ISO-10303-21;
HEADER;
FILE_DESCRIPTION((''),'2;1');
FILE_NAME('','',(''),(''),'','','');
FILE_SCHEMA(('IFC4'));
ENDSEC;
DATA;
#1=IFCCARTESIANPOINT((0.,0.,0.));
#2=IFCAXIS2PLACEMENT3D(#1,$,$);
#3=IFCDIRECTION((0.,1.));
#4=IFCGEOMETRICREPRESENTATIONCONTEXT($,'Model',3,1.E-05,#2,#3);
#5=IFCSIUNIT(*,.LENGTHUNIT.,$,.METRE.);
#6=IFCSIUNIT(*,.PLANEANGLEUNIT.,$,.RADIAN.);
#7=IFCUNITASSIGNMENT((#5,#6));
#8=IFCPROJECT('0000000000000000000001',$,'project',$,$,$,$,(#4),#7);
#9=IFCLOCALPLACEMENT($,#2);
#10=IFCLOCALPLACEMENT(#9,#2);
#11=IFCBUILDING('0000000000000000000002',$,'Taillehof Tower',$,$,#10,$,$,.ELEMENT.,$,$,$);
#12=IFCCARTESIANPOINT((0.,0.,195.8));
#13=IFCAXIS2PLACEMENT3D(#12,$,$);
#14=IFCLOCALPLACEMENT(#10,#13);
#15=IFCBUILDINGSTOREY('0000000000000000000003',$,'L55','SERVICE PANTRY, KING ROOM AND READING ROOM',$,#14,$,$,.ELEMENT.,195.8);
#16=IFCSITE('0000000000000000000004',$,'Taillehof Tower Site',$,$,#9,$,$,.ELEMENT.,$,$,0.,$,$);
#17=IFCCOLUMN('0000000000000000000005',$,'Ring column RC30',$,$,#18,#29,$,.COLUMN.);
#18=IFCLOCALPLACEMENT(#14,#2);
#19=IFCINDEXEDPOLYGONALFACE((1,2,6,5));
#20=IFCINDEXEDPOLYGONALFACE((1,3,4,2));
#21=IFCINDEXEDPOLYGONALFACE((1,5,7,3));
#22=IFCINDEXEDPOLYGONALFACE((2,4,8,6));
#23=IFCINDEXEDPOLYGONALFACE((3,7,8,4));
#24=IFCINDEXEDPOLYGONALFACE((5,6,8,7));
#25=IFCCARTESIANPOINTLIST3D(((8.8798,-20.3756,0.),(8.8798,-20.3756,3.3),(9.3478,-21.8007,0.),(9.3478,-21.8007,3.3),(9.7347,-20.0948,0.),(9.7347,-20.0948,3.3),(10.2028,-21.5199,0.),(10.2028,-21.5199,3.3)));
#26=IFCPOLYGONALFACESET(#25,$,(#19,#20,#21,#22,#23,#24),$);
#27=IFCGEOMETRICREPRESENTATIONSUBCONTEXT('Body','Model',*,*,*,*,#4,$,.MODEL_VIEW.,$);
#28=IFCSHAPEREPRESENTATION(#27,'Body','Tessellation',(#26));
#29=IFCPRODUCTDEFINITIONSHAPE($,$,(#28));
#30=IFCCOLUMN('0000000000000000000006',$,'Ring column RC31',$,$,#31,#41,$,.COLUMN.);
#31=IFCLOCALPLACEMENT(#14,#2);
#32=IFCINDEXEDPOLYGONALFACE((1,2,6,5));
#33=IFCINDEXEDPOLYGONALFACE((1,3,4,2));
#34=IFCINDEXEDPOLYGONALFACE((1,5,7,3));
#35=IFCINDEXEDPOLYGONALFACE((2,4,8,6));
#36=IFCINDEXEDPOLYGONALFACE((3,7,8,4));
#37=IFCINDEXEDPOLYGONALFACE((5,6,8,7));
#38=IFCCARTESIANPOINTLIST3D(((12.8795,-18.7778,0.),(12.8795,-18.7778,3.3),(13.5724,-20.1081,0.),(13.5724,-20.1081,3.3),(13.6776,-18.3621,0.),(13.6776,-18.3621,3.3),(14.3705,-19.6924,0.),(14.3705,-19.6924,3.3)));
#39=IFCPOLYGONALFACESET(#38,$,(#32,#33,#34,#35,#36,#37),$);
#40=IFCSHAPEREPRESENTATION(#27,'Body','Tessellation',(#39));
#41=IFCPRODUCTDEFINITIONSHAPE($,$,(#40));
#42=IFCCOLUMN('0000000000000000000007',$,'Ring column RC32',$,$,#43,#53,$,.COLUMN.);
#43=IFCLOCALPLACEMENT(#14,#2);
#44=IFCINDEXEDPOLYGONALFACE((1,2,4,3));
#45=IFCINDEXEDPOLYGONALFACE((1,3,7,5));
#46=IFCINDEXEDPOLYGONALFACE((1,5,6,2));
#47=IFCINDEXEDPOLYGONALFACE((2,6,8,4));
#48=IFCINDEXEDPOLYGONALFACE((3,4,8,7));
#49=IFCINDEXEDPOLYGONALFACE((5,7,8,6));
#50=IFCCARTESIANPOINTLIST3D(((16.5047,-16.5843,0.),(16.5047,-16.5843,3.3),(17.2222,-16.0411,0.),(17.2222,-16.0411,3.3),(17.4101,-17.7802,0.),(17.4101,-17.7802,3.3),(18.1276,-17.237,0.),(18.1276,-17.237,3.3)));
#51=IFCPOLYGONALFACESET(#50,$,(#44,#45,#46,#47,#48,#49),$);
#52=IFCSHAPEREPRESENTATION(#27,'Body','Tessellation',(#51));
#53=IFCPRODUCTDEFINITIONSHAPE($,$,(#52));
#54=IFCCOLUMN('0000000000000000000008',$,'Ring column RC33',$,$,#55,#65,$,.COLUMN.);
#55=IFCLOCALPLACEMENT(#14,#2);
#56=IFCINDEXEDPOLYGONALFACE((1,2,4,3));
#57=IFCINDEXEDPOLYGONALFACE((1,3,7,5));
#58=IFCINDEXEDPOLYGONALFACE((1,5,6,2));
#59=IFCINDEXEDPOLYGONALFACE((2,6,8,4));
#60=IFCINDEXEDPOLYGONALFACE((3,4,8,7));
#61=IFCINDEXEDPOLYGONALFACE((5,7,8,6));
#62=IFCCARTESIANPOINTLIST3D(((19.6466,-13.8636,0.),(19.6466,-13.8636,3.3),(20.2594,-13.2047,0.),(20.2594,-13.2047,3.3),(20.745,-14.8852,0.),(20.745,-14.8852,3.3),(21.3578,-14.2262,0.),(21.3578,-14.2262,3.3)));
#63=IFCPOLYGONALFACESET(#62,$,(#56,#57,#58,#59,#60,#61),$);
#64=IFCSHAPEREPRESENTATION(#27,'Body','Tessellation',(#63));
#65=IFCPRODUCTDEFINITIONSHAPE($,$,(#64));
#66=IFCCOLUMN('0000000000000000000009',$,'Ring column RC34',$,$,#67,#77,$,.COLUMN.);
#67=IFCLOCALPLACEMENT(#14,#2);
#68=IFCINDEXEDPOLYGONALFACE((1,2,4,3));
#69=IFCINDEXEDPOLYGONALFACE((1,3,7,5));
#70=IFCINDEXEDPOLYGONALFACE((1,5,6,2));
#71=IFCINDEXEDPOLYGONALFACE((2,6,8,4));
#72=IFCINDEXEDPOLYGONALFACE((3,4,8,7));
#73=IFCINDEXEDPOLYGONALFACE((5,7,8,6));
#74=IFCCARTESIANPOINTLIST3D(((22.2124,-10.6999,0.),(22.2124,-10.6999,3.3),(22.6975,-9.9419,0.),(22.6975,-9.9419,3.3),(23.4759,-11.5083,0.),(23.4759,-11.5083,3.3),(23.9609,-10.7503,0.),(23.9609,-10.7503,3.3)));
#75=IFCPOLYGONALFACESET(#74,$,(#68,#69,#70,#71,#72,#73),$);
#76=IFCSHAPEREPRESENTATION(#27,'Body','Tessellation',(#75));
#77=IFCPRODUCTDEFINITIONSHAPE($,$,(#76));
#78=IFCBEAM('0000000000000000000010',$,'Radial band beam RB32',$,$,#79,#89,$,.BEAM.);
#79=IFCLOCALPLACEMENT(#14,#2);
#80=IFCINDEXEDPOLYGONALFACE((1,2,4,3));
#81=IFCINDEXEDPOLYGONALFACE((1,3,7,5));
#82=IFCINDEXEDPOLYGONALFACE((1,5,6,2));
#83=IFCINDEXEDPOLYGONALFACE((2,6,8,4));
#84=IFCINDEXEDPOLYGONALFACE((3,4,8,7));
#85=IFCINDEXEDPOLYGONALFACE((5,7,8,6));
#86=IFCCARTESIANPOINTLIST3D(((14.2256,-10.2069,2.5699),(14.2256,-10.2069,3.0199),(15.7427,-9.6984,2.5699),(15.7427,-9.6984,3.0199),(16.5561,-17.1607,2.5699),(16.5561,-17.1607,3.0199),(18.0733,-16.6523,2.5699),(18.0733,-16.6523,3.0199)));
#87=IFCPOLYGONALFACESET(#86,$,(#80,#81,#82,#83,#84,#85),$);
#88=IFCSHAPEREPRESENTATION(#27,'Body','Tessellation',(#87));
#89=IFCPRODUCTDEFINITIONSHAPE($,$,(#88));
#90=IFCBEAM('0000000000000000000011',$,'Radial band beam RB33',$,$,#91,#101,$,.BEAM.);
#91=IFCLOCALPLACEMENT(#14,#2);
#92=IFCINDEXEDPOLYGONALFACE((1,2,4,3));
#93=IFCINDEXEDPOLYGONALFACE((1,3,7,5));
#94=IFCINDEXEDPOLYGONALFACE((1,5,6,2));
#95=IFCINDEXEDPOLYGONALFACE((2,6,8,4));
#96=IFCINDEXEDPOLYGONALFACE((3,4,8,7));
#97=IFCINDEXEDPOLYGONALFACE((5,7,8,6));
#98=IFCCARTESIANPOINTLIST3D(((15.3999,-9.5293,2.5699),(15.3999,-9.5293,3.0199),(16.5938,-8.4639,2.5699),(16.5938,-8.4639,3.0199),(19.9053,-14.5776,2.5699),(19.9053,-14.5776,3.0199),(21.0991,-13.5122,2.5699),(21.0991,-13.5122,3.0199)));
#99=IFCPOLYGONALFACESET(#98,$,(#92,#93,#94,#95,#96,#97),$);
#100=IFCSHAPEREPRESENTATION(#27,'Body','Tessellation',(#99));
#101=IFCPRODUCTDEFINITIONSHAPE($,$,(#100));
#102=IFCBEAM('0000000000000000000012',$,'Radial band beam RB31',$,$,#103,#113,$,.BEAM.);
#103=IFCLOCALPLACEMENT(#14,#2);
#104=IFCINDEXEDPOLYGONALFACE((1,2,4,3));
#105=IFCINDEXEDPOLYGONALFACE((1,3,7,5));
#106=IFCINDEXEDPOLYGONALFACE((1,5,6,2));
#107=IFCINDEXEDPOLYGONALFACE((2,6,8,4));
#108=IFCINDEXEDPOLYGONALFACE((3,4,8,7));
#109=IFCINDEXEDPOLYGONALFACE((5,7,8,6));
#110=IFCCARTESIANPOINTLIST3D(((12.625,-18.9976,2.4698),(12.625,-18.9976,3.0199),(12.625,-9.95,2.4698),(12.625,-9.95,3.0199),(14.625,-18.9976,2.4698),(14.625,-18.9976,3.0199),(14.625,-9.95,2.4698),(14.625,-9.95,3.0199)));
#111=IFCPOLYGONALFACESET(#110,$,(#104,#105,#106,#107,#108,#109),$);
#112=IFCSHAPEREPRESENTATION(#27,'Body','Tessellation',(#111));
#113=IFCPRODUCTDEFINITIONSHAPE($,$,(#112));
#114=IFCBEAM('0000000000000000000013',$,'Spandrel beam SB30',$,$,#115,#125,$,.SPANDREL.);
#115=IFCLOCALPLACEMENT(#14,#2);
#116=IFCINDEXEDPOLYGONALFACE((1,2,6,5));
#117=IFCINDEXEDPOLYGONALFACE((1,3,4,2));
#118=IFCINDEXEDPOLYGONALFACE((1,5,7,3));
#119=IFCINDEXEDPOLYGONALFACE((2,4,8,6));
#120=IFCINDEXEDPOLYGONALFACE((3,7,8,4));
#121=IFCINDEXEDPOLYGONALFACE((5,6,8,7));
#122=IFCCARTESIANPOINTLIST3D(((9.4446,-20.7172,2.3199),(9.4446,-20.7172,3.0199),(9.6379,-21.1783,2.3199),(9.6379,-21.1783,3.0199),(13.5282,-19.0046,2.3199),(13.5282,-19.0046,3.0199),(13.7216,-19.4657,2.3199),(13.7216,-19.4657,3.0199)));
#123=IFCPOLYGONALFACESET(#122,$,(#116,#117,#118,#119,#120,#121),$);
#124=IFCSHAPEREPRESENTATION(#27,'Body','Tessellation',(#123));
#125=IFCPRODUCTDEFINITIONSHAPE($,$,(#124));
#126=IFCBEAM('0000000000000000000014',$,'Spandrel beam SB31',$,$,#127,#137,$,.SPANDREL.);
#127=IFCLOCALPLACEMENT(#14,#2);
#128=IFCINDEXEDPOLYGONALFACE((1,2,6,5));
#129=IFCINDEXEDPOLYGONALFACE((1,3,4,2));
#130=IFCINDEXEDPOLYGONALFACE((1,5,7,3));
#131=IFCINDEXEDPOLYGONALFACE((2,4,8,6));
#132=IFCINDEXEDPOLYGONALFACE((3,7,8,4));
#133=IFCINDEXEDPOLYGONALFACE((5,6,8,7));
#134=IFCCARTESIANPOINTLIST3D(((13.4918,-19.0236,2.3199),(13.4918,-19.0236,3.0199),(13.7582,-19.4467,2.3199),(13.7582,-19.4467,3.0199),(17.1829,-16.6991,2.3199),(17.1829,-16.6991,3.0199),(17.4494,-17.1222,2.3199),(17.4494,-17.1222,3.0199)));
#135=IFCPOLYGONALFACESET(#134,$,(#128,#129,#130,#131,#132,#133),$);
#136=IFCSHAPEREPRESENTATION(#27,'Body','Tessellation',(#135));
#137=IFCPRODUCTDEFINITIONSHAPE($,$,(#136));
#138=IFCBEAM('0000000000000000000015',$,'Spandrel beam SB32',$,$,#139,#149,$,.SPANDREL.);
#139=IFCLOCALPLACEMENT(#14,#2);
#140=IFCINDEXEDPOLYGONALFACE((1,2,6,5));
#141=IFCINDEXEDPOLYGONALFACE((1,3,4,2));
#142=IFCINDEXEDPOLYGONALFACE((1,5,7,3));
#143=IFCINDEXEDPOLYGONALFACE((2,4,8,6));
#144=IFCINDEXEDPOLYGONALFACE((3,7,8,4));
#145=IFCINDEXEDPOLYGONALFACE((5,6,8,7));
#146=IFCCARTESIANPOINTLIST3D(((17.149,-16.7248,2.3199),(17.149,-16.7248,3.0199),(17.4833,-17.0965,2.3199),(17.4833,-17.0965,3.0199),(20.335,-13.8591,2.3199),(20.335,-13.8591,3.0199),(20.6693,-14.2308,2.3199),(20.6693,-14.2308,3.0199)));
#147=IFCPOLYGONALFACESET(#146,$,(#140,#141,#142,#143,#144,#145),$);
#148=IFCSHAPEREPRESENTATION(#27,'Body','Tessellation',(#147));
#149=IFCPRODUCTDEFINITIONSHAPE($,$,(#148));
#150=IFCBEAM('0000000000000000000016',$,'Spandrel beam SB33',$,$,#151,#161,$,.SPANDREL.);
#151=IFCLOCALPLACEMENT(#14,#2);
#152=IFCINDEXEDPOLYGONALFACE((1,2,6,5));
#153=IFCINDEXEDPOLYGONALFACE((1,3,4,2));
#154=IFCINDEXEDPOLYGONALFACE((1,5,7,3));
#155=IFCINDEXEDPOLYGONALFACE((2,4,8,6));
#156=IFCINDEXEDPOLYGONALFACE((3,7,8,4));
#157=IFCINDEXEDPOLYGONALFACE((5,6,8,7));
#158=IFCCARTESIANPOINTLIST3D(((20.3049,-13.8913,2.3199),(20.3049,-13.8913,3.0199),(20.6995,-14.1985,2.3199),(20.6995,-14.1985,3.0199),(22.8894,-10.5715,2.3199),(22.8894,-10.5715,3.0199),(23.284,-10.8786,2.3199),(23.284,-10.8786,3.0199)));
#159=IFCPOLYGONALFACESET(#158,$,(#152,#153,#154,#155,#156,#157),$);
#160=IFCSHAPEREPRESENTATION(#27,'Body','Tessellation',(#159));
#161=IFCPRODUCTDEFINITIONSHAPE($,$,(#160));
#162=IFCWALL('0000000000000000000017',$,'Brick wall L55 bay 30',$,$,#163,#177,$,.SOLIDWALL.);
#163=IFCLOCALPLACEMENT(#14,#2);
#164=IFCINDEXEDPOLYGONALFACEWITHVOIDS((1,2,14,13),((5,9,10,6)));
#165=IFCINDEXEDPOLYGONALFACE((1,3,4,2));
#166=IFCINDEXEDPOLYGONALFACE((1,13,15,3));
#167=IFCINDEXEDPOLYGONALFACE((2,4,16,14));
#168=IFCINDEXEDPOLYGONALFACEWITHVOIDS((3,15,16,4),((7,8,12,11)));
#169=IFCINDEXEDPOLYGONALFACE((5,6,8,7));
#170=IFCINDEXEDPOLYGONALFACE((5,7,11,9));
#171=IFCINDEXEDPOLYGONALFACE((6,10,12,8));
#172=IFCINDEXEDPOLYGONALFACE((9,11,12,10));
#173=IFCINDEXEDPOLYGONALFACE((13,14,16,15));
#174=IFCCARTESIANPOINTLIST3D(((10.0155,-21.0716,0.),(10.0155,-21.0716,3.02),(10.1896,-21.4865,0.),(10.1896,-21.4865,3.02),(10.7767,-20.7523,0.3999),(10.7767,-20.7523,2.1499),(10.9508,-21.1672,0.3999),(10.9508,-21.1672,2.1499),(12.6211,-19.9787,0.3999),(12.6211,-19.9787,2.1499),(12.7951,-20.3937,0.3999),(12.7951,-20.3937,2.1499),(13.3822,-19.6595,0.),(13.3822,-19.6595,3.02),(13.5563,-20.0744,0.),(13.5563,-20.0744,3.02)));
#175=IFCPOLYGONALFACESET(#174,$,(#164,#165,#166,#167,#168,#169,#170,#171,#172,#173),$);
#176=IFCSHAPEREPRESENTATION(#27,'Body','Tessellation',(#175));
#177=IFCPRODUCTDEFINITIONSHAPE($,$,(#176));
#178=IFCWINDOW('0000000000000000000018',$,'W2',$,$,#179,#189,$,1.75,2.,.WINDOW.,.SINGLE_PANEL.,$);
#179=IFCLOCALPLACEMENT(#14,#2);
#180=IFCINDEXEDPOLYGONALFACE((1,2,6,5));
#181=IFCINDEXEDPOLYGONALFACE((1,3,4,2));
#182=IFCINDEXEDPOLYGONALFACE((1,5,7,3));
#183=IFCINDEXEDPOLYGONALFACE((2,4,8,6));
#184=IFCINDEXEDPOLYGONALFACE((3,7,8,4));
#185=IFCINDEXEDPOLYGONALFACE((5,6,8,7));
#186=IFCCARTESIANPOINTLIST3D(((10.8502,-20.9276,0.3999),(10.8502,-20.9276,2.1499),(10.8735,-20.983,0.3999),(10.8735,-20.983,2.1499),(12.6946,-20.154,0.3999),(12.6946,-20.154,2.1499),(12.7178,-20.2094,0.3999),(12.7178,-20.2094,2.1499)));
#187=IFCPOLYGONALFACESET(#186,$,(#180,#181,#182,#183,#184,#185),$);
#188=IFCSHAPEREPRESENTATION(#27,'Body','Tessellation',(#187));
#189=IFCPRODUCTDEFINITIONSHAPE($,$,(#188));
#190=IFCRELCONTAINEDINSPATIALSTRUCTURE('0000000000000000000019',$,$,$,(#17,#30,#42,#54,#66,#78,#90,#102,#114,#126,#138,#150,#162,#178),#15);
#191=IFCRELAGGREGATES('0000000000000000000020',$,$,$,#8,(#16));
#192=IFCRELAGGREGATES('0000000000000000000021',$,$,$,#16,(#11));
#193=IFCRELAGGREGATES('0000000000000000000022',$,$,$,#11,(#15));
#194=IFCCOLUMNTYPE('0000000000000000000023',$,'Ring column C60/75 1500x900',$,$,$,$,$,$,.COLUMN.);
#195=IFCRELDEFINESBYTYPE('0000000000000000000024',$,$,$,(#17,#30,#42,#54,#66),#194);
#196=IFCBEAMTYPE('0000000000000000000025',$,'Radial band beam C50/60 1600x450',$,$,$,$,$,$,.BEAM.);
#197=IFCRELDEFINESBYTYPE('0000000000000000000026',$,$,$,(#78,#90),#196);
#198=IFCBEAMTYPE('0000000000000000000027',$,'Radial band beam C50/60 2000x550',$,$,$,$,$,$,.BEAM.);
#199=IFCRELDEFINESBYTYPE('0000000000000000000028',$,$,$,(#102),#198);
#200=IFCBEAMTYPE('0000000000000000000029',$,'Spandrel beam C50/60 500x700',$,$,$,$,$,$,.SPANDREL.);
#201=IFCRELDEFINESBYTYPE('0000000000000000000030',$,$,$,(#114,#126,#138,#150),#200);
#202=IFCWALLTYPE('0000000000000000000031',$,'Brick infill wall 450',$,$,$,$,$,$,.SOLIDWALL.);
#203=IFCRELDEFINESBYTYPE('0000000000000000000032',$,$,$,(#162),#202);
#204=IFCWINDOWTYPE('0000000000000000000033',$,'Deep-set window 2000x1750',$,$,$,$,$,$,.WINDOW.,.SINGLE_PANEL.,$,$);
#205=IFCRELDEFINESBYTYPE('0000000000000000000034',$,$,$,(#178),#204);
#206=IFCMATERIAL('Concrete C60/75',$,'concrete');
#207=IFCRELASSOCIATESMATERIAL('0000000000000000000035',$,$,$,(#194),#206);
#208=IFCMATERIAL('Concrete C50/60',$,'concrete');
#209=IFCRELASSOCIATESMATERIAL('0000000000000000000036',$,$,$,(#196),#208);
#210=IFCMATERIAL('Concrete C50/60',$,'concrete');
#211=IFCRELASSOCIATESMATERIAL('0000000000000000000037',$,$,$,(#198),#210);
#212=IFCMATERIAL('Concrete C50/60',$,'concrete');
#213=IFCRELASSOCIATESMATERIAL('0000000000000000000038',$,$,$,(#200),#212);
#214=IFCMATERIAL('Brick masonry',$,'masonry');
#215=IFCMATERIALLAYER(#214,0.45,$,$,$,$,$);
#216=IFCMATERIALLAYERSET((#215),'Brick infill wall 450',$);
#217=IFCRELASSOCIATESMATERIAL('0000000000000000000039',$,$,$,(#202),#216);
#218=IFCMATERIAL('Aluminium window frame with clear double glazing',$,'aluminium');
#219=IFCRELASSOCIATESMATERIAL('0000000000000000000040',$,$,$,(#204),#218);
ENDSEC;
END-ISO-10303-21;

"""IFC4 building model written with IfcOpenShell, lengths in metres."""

from ifc_helpers import new_model, si_unit, direction, frame, frame_2d, origin, origin_2d, place, context, subcontext, project, spatial, rectangle, extrude, material, layer, layer_set, material_profile, profile_set, type_object, element, fill, save


model = new_model("IFC4")

# Units and contexts
model_context = context("Model", 3, precision=1e-05, world=origin(), true_north=direction((0.0, 1.0)))
body_context = subcontext(model_context, "Body", "Model", "MODEL_VIEW")
ifc_project = project(units=[si_unit("LENGTHUNIT", "METRE"), si_unit("PLANEANGLEUNIT", "RADIAN")], contexts=[model_context])

# Site, building, storey
site_placement = place(None, origin())
site = spatial("IfcSite", under=ifc_project, at=site_placement, Name="Taillehof Tower Site", CompositionType="ELEMENT", RefElevation=0.0)
building_placement = place(site_placement, origin())
building = spatial("IfcBuilding", under=site, at=building_placement, Name="Taillehof Tower", CompositionType="ELEMENT")
storey_placement = place(building_placement, frame((0.0, 0.0, 195.8)))
storey = spatial("IfcBuildingStorey", under=building, at=storey_placement, Name="L55", Description="SERVICE PANTRY, KING ROOM AND READING ROOM", CompositionType="ELEMENT", Elevation=195.8)

# Columns
ifc_material_1 = material(Name="Concrete C60/75", Category="concrete")
ifc_material_profile_1 = material_profile(ifc_material_1, rectangle(XDim=1.5, YDim=0.8999, at=origin_2d()), Name="RC 1500x900")
ifc_profile_set_1 = profile_set([ifc_material_profile_1], Name="Concrete C60/75")
column_type = type_object("IfcColumnType", Name="Ring column C60/75 1500x900", PredefinedType="COLUMN", material=ifc_profile_set_1)
for number, where, z_axis, x_axis, name in (
    (1, (9.5413, -20.9478, 0.0), (0.0, 0.0, 1.0), (0.312001, -0.950082, 0.0), "Ring column RC30"),
    (2, (13.625, -19.2351, 0.0), (0.0, 0.0, 1.0), (0.461993, -0.886883, 0.0), "Ring column RC31"),
    (3, (17.3162, -16.9106, 0.0), (0.0, 0.0, 1.0), (0.603608, -0.797281, 0.0), "Ring column RC32"),
    (4, (20.5022, -14.0449, 0.0), (0.0, 0.0, 1.0), (0.732271, -0.681013, 0.0), "Ring column RC33"),
    (5, (23.0867, -10.7251, 0.0), (0.0, 0.0, 1.0), (0.842311, -0.538992, 0.0), "Ring column RC34"),
):
    element("IfcColumn", number, at=place(storey_placement, frame(where, z_axis=z_axis, x_axis=x_axis)), inside=storey, type_object=column_type, Name=name, PredefinedType="COLUMN", context=body_context, shape_type="SweptSolid", body=[
        extrude(rectangle(XDim=1.5, YDim=0.8999, at=origin_2d()), origin(), (0.0, 0.0, 1.0), 3.3),
    ])

# Beams
ifc_material_2 = material(Name="Concrete C50/60", Category="concrete")
ifc_material_profile_2 = material_profile(ifc_material_2, rectangle(XDim=1.6001, YDim=0.45, at=origin_2d()), Name="RC 1600x450")
ifc_profile_set_2 = profile_set([ifc_material_profile_2], Name="Concrete C50/60")
beam_type_1 = type_object("IfcBeamType", Name="Radial band beam C50/60 1600x450", PredefinedType="BEAM", material=ifc_profile_set_2)
beam_1_placement = place(storey_placement, frame((17.3147, -16.9065, 2.7949), z_axis=(-0.317775, 0.948166, 0.0), x_axis=(-0.948166, -0.317775, 0.0)))
element("IfcBeam", 6, at=beam_1_placement, inside=storey, type_object=beam_type_1, Name="Radial band beam RB32", PredefinedType="BEAM", context=body_context, shape_type="SweptSolid", body=[
    extrude(rectangle(XDim=1.6001, YDim=0.45, at=origin_2d()), origin(), (0.0, 0.0, 1.0), 7.334),
])
beam_2_placement = place(storey_placement, frame((20.5022, -14.0449, 2.7949), z_axis=(-0.665845, 0.74609, 0.0), x_axis=(-0.74609, -0.665845, 0.0)))
element("IfcBeam", 7, at=beam_2_placement, inside=storey, type_object=beam_type_1, Name="Radial band beam RB33", PredefinedType="BEAM", context=body_context, shape_type="SweptSolid", body=[
    extrude(rectangle(XDim=1.6001, YDim=0.45, at=origin_2d()), origin(), (0.0, 0.0, 1.0), 6.7664),
])
ifc_material_3 = material(Name="Concrete C50/60", Category="concrete")
ifc_material_profile_3 = material_profile(ifc_material_3, rectangle(XDim=2.0, YDim=0.55, at=origin_2d()), Name="RC 2000x550")
ifc_profile_set_3 = profile_set([ifc_material_profile_3], Name="Concrete C50/60")
beam_type_2 = type_object("IfcBeamType", Name="Radial band beam C50/60 2000x550", PredefinedType="BEAM", material=ifc_profile_set_3)
beam_3_placement = place(storey_placement, frame((13.625, -18.9976, 2.7449), z_axis=(0.0, 1.0, 0.0), x_axis=(-1.0, 0.0, 0.0)))
element("IfcBeam", 8, at=beam_3_placement, inside=storey, type_object=beam_type_2, Name="Radial band beam RB31", PredefinedType="BEAM", context=body_context, shape_type="SweptSolid", body=[
    extrude(rectangle(XDim=2.0, YDim=0.55, at=origin_2d()), origin(), (0.0, 0.0, 1.0), 9.0476),
])
ifc_material_4 = material(Name="Concrete C50/60", Category="concrete")
ifc_material_profile_4 = material_profile(ifc_material_4, rectangle(XDim=0.5, YDim=0.7, at=origin_2d()), Name="RC 500x700")
ifc_profile_set_4 = profile_set([ifc_material_profile_4], Name="Concrete C50/60")
beam_type_3 = type_object("IfcBeamType", Name="Spandrel beam C50/60 500x700", PredefinedType="SPANDREL", material=ifc_profile_set_4)
beam_4_placement = place(storey_placement, frame((9.5413, -20.9478, 2.6699), z_axis=(0.922186, 0.386748, 0.0), x_axis=(-0.386748, 0.922186, 0.0)))
element("IfcBeam", 9, at=beam_4_placement, inside=storey, type_object=beam_type_3, Name="Spandrel beam SB30", PredefinedType="SPANDREL", context=body_context, shape_type="SweptSolid", body=[
    extrude(rectangle(XDim=0.5, YDim=0.7, at=origin_2d()), origin(), (0.0, 0.0, 1.0), 4.4282),
])
beam_5_placement = place(storey_placement, frame((13.625, -19.2351, 2.6699), z_axis=(0.846192, 0.532879, 0.0), x_axis=(-0.532879, 0.846192, 0.0)))
element("IfcBeam", 10, at=beam_5_placement, inside=storey, type_object=beam_type_3, Name="Spandrel beam SB31", PredefinedType="SPANDREL", context=body_context, shape_type="SweptSolid", body=[
    extrude(rectangle(XDim=0.5, YDim=0.7, at=origin_2d()), origin(), (0.0, 0.0, 1.0), 4.3621),
])
beam_6_placement = place(storey_placement, frame((17.3162, -16.9106, 2.6699), z_axis=(0.743492, 0.668744, 0.0), x_axis=(-0.668744, 0.743492, 0.0)))
element("IfcBeam", 11, at=beam_6_placement, inside=storey, type_object=beam_type_3, Name="Spandrel beam SB32", PredefinedType="SPANDREL", context=body_context, shape_type="SweptSolid", body=[
    extrude(rectangle(XDim=0.5, YDim=0.7, at=origin_2d()), origin(), (0.0, 0.0, 1.0), 4.2852),
])
beam_7_placement = place(storey_placement, frame((20.5022, -14.0449, 2.6699), z_axis=(0.614294, 0.789077, 0.0), x_axis=(-0.789077, 0.614294, 0.0)))
element("IfcBeam", 12, at=beam_7_placement, inside=storey, type_object=beam_type_3, Name="Spandrel beam SB33", PredefinedType="SPANDREL", context=body_context, shape_type="SweptSolid", body=[
    extrude(rectangle(XDim=0.5, YDim=0.7, at=origin_2d()), origin(), (0.0, 0.0, 1.0), 4.2073),
])

# Wall, opening, window
ifc_material_5 = material(Name="Brick masonry", Category="masonry")
ifc_layer_1 = layer(ifc_material_5, 0.45)
ifc_layer_set_1 = layer_set([ifc_layer_1], Name="Brick infill wall 450")
wall_type_1 = type_object("IfcWallType", Name="Brick infill wall 450", PredefinedType="SOLIDWALL", material=ifc_layer_set_1)
wall_1_placement = place(storey_placement, frame((10.1025, -21.2791, 0.0), z_axis=(0.0, 0.0, 1.0), x_axis=(0.922168, 0.386789, 0.0)))
wall_1 = element("IfcWall", 13, at=wall_1_placement, inside=storey, type_object=wall_type_1, Name="Brick wall L55 bay 30", PredefinedType="SOLIDWALL", context=body_context, shape_type="SweptSolid", body=[
    extrude(rectangle(XDim=3.6509, YDim=0.45, at=frame_2d((1.8254, 0.0))), origin(), (0.0, 0.0, 1.0), 3.02),
])
opening_1_placement = place(wall_1_placement, frame((0.8254, 0.0, 0.3999)))
opening_1 = element("IfcOpeningElement", 14, at=opening_1_placement, cuts=wall_1, PredefinedType="OPENING", context=body_context, shape_type="SweptSolid", body=[
    extrude(rectangle(XDim=2.0, YDim=1.75, at=frame_2d((1.0, 0.875))), frame((0.0, 0.2349, 0.0), z_axis=(0.0, -1.0, 0.0), x_axis=(1.0, 0.0, 0.0)), (0.0, 0.0, 1.0), 0.47),
])
ifc_material_6 = material(Name="Aluminium window frame with clear double glazing", Category="aluminium")
window_type = type_object("IfcWindowType", Name="Deep-set window 2000x1750", PartitioningType="SINGLE_PANEL", PredefinedType="WINDOW", material=ifc_material_6)
window_1_placement = place(opening_1_placement, origin())
window_1 = element("IfcWindow", 15, at=window_1_placement, inside=storey, type_object=window_type, Name="W2", OverallHeight=1.75, OverallWidth=2.0, PartitioningType="SINGLE_PANEL", PredefinedType="WINDOW", context=body_context, shape_type="SweptSolid", body=[
    extrude(rectangle(XDim=2.0, YDim=1.75, at=frame_2d((1.0, 0.875))), frame((0.0, 0.0349, 0.0), z_axis=(0.0, -1.0, 0.0), x_axis=(1.0, 0.0, 0.0)), (0.0, 0.0, 1.0), 0.0601),
])
fill(opening_1, window_1)

save(model, "model.ifc")
